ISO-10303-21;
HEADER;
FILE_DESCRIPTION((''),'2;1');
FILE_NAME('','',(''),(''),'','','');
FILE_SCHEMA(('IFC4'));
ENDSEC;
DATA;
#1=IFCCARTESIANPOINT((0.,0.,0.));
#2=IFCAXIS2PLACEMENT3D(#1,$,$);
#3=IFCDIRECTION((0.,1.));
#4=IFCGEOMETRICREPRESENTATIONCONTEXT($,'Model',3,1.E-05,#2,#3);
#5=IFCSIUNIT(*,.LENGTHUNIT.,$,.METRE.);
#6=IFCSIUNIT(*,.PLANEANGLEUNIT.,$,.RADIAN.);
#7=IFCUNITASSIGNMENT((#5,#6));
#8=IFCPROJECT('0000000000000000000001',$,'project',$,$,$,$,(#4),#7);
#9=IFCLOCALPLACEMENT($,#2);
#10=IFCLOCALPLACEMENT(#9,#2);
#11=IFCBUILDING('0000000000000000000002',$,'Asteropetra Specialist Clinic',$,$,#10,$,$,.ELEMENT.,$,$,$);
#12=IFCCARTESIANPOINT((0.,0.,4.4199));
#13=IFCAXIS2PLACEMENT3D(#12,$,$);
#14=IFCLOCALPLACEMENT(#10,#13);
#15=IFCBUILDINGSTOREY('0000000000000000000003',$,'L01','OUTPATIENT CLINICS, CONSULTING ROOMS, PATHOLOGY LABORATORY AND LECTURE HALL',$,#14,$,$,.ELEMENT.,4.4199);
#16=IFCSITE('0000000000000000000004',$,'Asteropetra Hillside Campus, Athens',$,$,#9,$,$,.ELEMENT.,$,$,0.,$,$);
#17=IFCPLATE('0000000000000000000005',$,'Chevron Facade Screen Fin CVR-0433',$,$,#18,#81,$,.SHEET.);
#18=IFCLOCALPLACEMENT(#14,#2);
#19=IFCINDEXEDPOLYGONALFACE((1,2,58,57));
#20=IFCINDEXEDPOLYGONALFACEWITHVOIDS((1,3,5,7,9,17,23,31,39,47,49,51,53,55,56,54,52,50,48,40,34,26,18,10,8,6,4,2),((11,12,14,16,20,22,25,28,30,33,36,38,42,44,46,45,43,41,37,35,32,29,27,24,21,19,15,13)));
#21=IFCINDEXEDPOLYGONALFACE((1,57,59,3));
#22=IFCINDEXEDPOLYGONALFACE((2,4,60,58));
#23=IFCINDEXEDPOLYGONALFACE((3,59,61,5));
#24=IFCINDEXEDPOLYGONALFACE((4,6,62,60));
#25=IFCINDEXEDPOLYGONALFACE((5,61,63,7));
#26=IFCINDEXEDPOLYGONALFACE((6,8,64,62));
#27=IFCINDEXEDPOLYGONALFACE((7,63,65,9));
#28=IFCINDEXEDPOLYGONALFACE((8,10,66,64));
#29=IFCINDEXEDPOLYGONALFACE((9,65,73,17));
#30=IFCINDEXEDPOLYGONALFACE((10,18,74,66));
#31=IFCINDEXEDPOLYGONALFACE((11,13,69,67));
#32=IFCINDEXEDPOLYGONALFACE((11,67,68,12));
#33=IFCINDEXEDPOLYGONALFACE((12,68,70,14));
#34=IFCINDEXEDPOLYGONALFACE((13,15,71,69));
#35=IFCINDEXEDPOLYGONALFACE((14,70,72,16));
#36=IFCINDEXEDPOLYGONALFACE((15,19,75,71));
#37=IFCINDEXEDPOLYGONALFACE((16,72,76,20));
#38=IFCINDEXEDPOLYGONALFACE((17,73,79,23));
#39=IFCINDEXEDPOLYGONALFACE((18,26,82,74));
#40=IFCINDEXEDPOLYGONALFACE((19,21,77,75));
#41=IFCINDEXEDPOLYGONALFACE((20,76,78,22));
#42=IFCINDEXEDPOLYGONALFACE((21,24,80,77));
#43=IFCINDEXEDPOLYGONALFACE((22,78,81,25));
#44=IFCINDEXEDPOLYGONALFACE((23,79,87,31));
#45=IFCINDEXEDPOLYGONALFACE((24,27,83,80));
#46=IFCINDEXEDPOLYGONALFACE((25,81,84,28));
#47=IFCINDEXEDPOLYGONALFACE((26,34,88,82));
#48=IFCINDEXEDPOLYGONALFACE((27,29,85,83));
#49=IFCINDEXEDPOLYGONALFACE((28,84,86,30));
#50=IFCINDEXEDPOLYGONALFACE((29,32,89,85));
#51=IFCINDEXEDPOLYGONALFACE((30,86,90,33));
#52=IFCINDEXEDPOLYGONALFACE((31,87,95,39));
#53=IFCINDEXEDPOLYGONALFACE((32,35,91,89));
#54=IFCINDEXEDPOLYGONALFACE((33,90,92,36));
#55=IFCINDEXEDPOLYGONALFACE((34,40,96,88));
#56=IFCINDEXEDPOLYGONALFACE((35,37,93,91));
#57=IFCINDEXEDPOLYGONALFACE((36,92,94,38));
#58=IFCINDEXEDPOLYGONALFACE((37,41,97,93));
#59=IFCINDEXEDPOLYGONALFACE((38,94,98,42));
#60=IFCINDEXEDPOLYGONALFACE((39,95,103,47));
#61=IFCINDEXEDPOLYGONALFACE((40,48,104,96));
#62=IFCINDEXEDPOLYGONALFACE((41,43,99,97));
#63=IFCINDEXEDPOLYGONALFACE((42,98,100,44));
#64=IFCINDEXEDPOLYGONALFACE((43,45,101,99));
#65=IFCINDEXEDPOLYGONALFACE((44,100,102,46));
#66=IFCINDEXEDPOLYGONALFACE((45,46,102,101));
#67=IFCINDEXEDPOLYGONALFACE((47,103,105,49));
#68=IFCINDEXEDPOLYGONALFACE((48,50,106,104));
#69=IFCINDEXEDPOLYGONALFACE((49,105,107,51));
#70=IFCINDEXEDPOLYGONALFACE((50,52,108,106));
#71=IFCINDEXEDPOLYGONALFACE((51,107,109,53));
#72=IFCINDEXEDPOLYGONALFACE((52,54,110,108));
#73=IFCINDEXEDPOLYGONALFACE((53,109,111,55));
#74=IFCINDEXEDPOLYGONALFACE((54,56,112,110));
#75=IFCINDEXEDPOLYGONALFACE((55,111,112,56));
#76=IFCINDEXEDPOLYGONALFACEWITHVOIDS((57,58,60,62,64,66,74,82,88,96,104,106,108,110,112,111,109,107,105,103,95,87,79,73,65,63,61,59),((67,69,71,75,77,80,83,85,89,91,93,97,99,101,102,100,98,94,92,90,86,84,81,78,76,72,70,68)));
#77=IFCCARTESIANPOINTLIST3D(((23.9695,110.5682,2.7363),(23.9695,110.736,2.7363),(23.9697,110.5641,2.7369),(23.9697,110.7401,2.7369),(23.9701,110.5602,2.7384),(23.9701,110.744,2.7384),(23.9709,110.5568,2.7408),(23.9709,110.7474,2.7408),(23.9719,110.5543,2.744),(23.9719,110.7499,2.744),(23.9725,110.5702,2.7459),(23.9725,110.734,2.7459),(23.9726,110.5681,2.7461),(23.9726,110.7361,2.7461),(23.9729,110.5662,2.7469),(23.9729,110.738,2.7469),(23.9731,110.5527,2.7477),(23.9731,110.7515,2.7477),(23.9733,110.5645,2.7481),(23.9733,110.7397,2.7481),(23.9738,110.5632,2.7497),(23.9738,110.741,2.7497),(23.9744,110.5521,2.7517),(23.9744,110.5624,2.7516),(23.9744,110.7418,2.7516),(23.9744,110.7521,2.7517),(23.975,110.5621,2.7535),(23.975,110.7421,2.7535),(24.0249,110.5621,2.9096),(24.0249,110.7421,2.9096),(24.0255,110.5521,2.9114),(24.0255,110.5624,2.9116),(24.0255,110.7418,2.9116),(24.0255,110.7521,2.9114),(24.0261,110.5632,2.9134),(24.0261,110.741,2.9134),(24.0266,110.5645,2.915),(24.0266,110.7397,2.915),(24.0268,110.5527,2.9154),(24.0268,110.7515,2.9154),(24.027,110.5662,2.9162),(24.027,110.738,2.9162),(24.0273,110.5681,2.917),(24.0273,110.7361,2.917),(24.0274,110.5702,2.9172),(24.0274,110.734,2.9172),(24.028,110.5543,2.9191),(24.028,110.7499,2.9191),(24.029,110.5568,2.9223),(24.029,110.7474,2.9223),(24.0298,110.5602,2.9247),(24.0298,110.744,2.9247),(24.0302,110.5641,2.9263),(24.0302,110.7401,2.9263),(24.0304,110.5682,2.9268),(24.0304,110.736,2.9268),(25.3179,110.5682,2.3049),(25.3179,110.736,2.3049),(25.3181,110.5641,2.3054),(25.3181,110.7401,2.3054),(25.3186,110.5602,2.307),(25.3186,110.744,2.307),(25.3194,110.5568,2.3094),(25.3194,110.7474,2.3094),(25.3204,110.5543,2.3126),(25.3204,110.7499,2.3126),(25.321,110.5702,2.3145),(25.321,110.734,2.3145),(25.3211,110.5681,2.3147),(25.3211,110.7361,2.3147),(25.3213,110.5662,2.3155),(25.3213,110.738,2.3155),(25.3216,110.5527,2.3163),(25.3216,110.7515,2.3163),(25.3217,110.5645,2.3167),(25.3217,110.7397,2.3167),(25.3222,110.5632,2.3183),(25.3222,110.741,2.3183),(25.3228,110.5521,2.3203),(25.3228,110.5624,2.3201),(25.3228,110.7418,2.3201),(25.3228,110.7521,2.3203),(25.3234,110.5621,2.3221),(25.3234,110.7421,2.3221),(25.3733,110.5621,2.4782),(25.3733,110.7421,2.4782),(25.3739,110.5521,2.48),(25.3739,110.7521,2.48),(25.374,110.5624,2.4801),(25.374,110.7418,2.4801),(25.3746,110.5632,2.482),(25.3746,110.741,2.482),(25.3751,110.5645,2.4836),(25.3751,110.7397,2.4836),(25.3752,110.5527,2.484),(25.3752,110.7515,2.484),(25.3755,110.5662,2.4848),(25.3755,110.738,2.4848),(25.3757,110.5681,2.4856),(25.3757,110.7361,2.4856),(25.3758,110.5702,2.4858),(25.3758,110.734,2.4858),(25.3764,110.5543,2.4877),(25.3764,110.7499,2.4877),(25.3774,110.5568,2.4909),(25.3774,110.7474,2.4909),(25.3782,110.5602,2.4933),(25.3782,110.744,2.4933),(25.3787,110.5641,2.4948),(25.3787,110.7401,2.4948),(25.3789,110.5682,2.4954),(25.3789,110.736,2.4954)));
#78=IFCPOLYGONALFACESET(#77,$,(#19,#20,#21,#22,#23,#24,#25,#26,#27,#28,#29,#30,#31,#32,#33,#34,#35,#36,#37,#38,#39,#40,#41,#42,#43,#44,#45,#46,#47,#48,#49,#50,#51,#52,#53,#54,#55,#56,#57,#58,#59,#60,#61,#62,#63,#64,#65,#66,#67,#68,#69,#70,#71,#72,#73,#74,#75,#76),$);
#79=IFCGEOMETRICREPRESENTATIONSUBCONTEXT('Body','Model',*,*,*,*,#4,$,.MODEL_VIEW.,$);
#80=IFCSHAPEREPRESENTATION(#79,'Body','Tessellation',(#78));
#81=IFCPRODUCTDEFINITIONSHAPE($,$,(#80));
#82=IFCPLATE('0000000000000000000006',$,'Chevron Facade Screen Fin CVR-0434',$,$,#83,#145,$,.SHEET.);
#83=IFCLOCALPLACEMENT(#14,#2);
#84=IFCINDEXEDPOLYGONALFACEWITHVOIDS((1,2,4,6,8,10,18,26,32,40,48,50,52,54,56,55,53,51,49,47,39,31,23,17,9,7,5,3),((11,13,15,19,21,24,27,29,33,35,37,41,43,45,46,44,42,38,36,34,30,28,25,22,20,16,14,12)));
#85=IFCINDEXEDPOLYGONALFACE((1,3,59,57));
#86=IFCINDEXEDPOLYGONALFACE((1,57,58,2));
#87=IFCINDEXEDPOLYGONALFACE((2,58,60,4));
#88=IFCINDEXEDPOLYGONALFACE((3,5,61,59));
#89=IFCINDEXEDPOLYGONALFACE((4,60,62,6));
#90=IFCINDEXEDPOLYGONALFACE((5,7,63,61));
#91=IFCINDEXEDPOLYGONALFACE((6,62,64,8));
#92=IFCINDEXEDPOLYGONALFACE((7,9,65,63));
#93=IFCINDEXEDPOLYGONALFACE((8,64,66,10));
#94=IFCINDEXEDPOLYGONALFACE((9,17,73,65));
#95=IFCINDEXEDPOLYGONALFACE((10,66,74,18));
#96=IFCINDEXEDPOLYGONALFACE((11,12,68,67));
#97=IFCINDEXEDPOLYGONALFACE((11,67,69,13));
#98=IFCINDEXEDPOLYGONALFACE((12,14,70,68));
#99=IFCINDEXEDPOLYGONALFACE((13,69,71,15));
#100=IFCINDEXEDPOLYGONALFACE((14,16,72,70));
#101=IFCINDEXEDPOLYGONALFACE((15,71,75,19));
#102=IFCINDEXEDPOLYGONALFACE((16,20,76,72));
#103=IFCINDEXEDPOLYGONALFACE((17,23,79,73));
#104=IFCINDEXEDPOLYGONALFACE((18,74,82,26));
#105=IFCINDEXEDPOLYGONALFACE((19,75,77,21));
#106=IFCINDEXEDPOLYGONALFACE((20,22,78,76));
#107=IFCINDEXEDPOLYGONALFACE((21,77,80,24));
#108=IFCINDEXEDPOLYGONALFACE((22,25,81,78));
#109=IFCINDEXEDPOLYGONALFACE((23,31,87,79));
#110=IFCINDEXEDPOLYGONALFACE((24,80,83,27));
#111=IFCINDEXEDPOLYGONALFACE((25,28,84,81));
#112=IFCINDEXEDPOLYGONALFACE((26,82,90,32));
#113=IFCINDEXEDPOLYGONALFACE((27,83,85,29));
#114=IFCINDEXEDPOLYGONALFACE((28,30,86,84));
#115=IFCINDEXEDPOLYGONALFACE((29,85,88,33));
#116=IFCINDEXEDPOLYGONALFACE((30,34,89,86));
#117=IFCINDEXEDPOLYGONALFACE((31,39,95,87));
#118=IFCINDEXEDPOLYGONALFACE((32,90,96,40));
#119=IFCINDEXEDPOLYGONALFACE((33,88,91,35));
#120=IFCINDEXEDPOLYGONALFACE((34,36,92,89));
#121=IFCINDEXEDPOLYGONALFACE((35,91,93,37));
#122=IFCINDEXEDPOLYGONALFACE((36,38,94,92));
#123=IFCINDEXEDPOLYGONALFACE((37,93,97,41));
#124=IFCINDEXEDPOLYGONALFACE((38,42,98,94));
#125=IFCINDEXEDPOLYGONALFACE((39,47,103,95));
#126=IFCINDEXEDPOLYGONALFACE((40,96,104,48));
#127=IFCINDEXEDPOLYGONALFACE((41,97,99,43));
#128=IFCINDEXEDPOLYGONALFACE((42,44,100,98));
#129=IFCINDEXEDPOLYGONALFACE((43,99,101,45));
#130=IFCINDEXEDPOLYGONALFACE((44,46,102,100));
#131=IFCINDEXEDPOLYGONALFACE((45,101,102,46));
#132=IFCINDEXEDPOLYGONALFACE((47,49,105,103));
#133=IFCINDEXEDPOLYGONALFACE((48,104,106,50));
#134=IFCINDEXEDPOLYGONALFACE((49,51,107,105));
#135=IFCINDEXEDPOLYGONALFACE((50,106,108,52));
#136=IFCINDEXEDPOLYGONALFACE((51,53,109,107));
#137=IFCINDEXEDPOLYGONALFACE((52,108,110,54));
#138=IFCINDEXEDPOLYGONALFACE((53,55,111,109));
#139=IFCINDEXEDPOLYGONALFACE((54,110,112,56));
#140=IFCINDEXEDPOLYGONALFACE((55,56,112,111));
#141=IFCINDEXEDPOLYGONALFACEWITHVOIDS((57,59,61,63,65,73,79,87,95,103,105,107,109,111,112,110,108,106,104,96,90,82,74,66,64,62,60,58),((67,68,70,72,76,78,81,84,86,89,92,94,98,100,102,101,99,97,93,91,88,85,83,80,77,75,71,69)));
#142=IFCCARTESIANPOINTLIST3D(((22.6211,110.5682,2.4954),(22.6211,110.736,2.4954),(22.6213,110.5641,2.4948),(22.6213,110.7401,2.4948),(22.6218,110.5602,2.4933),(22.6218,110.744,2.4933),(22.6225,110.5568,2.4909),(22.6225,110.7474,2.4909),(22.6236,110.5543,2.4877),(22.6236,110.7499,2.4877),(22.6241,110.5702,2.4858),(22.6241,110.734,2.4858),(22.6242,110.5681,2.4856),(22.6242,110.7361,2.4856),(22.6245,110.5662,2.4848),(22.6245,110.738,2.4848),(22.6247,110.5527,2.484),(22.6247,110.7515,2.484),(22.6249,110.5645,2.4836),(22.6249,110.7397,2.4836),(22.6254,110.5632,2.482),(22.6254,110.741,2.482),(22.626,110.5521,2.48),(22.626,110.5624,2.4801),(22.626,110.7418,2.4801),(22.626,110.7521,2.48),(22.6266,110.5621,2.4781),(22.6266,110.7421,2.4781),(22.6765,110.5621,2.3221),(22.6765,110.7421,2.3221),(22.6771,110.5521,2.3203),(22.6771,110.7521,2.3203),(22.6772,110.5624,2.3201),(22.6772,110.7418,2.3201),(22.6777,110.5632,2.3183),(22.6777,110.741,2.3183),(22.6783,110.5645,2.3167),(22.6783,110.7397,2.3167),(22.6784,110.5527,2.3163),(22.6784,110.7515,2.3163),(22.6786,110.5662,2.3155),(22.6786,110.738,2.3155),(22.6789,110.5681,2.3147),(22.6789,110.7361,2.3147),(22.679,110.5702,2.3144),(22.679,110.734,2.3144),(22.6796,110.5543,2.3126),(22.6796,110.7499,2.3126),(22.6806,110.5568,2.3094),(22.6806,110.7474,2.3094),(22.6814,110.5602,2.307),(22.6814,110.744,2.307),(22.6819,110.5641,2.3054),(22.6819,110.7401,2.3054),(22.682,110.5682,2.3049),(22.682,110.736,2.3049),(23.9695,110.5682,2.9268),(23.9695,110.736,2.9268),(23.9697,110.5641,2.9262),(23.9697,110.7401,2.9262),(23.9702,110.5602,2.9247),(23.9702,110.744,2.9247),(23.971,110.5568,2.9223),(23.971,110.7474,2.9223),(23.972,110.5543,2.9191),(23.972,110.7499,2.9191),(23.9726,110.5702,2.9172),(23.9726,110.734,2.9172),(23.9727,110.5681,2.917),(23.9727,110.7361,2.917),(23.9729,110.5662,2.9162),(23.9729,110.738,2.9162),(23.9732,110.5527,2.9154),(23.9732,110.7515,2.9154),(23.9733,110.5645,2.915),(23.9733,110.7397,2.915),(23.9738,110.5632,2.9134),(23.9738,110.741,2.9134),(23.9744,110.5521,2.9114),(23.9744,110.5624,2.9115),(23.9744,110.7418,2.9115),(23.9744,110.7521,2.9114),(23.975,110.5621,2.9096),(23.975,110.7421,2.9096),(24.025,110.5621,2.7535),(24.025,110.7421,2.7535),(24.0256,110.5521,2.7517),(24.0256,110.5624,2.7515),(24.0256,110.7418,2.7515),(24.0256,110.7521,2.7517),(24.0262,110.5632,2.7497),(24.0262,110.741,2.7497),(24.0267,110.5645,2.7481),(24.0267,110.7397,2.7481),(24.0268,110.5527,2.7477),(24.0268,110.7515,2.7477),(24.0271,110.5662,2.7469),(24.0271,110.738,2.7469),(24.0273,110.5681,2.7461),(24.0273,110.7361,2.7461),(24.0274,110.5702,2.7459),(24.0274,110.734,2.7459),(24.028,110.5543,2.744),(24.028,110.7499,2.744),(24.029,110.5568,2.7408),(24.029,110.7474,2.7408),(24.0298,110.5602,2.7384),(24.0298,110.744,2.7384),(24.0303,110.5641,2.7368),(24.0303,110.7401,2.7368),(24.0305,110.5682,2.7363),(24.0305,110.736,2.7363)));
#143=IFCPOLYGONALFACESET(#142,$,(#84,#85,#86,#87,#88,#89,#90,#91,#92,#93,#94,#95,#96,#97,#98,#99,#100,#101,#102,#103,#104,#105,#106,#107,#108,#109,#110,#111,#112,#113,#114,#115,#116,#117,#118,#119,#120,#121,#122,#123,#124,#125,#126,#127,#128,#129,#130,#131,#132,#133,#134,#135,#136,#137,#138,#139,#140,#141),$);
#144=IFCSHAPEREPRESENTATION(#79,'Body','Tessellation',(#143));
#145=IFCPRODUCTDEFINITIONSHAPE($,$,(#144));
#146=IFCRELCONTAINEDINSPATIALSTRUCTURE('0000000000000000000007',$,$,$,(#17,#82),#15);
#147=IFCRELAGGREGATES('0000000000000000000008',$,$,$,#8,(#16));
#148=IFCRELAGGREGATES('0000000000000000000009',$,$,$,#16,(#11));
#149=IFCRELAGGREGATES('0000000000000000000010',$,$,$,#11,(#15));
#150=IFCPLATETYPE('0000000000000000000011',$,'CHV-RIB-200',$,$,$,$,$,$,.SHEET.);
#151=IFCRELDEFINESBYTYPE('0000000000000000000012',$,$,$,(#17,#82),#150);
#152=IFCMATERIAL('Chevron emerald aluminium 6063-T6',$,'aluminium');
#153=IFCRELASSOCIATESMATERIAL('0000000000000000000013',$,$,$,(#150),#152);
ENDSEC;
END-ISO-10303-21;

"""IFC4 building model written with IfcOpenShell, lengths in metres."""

from ifc_helpers import new_model, si_unit, direction, frame, origin, origin_2d, place, context, subcontext, project, spatial, hollow_rectangle, extrude, material, material_profile, profile_set, type_object, element, save


model = new_model("IFC4")

# Units and contexts
model_context = context("Model", 3, precision=1e-05, world=origin(), true_north=direction((0.0, 1.0)))
body_context = subcontext(model_context, "Body", "Model", "MODEL_VIEW")
ifc_project = project(units=[si_unit("LENGTHUNIT", "METRE"), si_unit("PLANEANGLEUNIT", "RADIAN")], contexts=[model_context])

# Site, building, storey
site_placement = place(None, origin())
site = spatial("IfcSite", under=ifc_project, at=site_placement, Name="Asteropetra Hillside Campus, Athens", CompositionType="ELEMENT", RefElevation=0.0)
building_placement = place(site_placement, origin())
building = spatial("IfcBuilding", under=site, at=building_placement, Name="Asteropetra Specialist Clinic", CompositionType="ELEMENT")
storey_placement = place(building_placement, frame((0.0, 0.0, 4.4199)))
storey = spatial("IfcBuildingStorey", under=building, at=storey_placement, Name="L01", Description="OUTPATIENT CLINICS, CONSULTING ROOMS, PATHOLOGY LABORATORY AND LECTURE HALL", CompositionType="ELEMENT", Elevation=4.4199)

# Plates
ifc_material_1 = material(Name="Chevron emerald aluminium 6063-T6", Category="aluminium")
ifc_material_profile = material_profile(ifc_material_1, hollow_rectangle(XDim=0.2, YDim=0.2, WallThickness=0.01, InnerFilletRadius=0.0081, OuterFilletRadius=0.0161, at=origin_2d()), Name="SHS 200x200x10.0")
ifc_profile_set = profile_set([ifc_material_profile], Name="Chevron emerald aluminium 6063-T6")
plate_type_1 = type_object("IfcPlateType", Name="CHV-RIB-200", PredefinedType="SHEET", material=ifc_profile_set)
for number, where, z_axis, x_axis, name in (
    (1, (25.3484, 110.6521, 2.4001), (-0.952442, 0.0, 0.304719), (0.0, -1.0, 0.0), "Chevron Facade Screen Fin CVR-0433"),
    (2, (24.0, 110.6521, 2.8315), (-0.952442, 0.0, -0.304719), (0.0, -1.0, 0.0), "Chevron Facade Screen Fin CVR-0434"),
):
    element("IfcPlate", number, at=place(storey_placement, frame(where, z_axis=z_axis, x_axis=x_axis)), inside=storey, type_object=plate_type_1, Name=name, PredefinedType="SHEET", context=body_context, shape_type="SweptSolid", body=[
        extrude(hollow_rectangle(XDim=0.2, YDim=0.2, WallThickness=0.01, InnerFilletRadius=0.0081, OuterFilletRadius=0.0161, at=origin_2d()), origin(), (0.0, 0.0, 1.0), 1.4158),
    ])

save(model, "model.ifc")
